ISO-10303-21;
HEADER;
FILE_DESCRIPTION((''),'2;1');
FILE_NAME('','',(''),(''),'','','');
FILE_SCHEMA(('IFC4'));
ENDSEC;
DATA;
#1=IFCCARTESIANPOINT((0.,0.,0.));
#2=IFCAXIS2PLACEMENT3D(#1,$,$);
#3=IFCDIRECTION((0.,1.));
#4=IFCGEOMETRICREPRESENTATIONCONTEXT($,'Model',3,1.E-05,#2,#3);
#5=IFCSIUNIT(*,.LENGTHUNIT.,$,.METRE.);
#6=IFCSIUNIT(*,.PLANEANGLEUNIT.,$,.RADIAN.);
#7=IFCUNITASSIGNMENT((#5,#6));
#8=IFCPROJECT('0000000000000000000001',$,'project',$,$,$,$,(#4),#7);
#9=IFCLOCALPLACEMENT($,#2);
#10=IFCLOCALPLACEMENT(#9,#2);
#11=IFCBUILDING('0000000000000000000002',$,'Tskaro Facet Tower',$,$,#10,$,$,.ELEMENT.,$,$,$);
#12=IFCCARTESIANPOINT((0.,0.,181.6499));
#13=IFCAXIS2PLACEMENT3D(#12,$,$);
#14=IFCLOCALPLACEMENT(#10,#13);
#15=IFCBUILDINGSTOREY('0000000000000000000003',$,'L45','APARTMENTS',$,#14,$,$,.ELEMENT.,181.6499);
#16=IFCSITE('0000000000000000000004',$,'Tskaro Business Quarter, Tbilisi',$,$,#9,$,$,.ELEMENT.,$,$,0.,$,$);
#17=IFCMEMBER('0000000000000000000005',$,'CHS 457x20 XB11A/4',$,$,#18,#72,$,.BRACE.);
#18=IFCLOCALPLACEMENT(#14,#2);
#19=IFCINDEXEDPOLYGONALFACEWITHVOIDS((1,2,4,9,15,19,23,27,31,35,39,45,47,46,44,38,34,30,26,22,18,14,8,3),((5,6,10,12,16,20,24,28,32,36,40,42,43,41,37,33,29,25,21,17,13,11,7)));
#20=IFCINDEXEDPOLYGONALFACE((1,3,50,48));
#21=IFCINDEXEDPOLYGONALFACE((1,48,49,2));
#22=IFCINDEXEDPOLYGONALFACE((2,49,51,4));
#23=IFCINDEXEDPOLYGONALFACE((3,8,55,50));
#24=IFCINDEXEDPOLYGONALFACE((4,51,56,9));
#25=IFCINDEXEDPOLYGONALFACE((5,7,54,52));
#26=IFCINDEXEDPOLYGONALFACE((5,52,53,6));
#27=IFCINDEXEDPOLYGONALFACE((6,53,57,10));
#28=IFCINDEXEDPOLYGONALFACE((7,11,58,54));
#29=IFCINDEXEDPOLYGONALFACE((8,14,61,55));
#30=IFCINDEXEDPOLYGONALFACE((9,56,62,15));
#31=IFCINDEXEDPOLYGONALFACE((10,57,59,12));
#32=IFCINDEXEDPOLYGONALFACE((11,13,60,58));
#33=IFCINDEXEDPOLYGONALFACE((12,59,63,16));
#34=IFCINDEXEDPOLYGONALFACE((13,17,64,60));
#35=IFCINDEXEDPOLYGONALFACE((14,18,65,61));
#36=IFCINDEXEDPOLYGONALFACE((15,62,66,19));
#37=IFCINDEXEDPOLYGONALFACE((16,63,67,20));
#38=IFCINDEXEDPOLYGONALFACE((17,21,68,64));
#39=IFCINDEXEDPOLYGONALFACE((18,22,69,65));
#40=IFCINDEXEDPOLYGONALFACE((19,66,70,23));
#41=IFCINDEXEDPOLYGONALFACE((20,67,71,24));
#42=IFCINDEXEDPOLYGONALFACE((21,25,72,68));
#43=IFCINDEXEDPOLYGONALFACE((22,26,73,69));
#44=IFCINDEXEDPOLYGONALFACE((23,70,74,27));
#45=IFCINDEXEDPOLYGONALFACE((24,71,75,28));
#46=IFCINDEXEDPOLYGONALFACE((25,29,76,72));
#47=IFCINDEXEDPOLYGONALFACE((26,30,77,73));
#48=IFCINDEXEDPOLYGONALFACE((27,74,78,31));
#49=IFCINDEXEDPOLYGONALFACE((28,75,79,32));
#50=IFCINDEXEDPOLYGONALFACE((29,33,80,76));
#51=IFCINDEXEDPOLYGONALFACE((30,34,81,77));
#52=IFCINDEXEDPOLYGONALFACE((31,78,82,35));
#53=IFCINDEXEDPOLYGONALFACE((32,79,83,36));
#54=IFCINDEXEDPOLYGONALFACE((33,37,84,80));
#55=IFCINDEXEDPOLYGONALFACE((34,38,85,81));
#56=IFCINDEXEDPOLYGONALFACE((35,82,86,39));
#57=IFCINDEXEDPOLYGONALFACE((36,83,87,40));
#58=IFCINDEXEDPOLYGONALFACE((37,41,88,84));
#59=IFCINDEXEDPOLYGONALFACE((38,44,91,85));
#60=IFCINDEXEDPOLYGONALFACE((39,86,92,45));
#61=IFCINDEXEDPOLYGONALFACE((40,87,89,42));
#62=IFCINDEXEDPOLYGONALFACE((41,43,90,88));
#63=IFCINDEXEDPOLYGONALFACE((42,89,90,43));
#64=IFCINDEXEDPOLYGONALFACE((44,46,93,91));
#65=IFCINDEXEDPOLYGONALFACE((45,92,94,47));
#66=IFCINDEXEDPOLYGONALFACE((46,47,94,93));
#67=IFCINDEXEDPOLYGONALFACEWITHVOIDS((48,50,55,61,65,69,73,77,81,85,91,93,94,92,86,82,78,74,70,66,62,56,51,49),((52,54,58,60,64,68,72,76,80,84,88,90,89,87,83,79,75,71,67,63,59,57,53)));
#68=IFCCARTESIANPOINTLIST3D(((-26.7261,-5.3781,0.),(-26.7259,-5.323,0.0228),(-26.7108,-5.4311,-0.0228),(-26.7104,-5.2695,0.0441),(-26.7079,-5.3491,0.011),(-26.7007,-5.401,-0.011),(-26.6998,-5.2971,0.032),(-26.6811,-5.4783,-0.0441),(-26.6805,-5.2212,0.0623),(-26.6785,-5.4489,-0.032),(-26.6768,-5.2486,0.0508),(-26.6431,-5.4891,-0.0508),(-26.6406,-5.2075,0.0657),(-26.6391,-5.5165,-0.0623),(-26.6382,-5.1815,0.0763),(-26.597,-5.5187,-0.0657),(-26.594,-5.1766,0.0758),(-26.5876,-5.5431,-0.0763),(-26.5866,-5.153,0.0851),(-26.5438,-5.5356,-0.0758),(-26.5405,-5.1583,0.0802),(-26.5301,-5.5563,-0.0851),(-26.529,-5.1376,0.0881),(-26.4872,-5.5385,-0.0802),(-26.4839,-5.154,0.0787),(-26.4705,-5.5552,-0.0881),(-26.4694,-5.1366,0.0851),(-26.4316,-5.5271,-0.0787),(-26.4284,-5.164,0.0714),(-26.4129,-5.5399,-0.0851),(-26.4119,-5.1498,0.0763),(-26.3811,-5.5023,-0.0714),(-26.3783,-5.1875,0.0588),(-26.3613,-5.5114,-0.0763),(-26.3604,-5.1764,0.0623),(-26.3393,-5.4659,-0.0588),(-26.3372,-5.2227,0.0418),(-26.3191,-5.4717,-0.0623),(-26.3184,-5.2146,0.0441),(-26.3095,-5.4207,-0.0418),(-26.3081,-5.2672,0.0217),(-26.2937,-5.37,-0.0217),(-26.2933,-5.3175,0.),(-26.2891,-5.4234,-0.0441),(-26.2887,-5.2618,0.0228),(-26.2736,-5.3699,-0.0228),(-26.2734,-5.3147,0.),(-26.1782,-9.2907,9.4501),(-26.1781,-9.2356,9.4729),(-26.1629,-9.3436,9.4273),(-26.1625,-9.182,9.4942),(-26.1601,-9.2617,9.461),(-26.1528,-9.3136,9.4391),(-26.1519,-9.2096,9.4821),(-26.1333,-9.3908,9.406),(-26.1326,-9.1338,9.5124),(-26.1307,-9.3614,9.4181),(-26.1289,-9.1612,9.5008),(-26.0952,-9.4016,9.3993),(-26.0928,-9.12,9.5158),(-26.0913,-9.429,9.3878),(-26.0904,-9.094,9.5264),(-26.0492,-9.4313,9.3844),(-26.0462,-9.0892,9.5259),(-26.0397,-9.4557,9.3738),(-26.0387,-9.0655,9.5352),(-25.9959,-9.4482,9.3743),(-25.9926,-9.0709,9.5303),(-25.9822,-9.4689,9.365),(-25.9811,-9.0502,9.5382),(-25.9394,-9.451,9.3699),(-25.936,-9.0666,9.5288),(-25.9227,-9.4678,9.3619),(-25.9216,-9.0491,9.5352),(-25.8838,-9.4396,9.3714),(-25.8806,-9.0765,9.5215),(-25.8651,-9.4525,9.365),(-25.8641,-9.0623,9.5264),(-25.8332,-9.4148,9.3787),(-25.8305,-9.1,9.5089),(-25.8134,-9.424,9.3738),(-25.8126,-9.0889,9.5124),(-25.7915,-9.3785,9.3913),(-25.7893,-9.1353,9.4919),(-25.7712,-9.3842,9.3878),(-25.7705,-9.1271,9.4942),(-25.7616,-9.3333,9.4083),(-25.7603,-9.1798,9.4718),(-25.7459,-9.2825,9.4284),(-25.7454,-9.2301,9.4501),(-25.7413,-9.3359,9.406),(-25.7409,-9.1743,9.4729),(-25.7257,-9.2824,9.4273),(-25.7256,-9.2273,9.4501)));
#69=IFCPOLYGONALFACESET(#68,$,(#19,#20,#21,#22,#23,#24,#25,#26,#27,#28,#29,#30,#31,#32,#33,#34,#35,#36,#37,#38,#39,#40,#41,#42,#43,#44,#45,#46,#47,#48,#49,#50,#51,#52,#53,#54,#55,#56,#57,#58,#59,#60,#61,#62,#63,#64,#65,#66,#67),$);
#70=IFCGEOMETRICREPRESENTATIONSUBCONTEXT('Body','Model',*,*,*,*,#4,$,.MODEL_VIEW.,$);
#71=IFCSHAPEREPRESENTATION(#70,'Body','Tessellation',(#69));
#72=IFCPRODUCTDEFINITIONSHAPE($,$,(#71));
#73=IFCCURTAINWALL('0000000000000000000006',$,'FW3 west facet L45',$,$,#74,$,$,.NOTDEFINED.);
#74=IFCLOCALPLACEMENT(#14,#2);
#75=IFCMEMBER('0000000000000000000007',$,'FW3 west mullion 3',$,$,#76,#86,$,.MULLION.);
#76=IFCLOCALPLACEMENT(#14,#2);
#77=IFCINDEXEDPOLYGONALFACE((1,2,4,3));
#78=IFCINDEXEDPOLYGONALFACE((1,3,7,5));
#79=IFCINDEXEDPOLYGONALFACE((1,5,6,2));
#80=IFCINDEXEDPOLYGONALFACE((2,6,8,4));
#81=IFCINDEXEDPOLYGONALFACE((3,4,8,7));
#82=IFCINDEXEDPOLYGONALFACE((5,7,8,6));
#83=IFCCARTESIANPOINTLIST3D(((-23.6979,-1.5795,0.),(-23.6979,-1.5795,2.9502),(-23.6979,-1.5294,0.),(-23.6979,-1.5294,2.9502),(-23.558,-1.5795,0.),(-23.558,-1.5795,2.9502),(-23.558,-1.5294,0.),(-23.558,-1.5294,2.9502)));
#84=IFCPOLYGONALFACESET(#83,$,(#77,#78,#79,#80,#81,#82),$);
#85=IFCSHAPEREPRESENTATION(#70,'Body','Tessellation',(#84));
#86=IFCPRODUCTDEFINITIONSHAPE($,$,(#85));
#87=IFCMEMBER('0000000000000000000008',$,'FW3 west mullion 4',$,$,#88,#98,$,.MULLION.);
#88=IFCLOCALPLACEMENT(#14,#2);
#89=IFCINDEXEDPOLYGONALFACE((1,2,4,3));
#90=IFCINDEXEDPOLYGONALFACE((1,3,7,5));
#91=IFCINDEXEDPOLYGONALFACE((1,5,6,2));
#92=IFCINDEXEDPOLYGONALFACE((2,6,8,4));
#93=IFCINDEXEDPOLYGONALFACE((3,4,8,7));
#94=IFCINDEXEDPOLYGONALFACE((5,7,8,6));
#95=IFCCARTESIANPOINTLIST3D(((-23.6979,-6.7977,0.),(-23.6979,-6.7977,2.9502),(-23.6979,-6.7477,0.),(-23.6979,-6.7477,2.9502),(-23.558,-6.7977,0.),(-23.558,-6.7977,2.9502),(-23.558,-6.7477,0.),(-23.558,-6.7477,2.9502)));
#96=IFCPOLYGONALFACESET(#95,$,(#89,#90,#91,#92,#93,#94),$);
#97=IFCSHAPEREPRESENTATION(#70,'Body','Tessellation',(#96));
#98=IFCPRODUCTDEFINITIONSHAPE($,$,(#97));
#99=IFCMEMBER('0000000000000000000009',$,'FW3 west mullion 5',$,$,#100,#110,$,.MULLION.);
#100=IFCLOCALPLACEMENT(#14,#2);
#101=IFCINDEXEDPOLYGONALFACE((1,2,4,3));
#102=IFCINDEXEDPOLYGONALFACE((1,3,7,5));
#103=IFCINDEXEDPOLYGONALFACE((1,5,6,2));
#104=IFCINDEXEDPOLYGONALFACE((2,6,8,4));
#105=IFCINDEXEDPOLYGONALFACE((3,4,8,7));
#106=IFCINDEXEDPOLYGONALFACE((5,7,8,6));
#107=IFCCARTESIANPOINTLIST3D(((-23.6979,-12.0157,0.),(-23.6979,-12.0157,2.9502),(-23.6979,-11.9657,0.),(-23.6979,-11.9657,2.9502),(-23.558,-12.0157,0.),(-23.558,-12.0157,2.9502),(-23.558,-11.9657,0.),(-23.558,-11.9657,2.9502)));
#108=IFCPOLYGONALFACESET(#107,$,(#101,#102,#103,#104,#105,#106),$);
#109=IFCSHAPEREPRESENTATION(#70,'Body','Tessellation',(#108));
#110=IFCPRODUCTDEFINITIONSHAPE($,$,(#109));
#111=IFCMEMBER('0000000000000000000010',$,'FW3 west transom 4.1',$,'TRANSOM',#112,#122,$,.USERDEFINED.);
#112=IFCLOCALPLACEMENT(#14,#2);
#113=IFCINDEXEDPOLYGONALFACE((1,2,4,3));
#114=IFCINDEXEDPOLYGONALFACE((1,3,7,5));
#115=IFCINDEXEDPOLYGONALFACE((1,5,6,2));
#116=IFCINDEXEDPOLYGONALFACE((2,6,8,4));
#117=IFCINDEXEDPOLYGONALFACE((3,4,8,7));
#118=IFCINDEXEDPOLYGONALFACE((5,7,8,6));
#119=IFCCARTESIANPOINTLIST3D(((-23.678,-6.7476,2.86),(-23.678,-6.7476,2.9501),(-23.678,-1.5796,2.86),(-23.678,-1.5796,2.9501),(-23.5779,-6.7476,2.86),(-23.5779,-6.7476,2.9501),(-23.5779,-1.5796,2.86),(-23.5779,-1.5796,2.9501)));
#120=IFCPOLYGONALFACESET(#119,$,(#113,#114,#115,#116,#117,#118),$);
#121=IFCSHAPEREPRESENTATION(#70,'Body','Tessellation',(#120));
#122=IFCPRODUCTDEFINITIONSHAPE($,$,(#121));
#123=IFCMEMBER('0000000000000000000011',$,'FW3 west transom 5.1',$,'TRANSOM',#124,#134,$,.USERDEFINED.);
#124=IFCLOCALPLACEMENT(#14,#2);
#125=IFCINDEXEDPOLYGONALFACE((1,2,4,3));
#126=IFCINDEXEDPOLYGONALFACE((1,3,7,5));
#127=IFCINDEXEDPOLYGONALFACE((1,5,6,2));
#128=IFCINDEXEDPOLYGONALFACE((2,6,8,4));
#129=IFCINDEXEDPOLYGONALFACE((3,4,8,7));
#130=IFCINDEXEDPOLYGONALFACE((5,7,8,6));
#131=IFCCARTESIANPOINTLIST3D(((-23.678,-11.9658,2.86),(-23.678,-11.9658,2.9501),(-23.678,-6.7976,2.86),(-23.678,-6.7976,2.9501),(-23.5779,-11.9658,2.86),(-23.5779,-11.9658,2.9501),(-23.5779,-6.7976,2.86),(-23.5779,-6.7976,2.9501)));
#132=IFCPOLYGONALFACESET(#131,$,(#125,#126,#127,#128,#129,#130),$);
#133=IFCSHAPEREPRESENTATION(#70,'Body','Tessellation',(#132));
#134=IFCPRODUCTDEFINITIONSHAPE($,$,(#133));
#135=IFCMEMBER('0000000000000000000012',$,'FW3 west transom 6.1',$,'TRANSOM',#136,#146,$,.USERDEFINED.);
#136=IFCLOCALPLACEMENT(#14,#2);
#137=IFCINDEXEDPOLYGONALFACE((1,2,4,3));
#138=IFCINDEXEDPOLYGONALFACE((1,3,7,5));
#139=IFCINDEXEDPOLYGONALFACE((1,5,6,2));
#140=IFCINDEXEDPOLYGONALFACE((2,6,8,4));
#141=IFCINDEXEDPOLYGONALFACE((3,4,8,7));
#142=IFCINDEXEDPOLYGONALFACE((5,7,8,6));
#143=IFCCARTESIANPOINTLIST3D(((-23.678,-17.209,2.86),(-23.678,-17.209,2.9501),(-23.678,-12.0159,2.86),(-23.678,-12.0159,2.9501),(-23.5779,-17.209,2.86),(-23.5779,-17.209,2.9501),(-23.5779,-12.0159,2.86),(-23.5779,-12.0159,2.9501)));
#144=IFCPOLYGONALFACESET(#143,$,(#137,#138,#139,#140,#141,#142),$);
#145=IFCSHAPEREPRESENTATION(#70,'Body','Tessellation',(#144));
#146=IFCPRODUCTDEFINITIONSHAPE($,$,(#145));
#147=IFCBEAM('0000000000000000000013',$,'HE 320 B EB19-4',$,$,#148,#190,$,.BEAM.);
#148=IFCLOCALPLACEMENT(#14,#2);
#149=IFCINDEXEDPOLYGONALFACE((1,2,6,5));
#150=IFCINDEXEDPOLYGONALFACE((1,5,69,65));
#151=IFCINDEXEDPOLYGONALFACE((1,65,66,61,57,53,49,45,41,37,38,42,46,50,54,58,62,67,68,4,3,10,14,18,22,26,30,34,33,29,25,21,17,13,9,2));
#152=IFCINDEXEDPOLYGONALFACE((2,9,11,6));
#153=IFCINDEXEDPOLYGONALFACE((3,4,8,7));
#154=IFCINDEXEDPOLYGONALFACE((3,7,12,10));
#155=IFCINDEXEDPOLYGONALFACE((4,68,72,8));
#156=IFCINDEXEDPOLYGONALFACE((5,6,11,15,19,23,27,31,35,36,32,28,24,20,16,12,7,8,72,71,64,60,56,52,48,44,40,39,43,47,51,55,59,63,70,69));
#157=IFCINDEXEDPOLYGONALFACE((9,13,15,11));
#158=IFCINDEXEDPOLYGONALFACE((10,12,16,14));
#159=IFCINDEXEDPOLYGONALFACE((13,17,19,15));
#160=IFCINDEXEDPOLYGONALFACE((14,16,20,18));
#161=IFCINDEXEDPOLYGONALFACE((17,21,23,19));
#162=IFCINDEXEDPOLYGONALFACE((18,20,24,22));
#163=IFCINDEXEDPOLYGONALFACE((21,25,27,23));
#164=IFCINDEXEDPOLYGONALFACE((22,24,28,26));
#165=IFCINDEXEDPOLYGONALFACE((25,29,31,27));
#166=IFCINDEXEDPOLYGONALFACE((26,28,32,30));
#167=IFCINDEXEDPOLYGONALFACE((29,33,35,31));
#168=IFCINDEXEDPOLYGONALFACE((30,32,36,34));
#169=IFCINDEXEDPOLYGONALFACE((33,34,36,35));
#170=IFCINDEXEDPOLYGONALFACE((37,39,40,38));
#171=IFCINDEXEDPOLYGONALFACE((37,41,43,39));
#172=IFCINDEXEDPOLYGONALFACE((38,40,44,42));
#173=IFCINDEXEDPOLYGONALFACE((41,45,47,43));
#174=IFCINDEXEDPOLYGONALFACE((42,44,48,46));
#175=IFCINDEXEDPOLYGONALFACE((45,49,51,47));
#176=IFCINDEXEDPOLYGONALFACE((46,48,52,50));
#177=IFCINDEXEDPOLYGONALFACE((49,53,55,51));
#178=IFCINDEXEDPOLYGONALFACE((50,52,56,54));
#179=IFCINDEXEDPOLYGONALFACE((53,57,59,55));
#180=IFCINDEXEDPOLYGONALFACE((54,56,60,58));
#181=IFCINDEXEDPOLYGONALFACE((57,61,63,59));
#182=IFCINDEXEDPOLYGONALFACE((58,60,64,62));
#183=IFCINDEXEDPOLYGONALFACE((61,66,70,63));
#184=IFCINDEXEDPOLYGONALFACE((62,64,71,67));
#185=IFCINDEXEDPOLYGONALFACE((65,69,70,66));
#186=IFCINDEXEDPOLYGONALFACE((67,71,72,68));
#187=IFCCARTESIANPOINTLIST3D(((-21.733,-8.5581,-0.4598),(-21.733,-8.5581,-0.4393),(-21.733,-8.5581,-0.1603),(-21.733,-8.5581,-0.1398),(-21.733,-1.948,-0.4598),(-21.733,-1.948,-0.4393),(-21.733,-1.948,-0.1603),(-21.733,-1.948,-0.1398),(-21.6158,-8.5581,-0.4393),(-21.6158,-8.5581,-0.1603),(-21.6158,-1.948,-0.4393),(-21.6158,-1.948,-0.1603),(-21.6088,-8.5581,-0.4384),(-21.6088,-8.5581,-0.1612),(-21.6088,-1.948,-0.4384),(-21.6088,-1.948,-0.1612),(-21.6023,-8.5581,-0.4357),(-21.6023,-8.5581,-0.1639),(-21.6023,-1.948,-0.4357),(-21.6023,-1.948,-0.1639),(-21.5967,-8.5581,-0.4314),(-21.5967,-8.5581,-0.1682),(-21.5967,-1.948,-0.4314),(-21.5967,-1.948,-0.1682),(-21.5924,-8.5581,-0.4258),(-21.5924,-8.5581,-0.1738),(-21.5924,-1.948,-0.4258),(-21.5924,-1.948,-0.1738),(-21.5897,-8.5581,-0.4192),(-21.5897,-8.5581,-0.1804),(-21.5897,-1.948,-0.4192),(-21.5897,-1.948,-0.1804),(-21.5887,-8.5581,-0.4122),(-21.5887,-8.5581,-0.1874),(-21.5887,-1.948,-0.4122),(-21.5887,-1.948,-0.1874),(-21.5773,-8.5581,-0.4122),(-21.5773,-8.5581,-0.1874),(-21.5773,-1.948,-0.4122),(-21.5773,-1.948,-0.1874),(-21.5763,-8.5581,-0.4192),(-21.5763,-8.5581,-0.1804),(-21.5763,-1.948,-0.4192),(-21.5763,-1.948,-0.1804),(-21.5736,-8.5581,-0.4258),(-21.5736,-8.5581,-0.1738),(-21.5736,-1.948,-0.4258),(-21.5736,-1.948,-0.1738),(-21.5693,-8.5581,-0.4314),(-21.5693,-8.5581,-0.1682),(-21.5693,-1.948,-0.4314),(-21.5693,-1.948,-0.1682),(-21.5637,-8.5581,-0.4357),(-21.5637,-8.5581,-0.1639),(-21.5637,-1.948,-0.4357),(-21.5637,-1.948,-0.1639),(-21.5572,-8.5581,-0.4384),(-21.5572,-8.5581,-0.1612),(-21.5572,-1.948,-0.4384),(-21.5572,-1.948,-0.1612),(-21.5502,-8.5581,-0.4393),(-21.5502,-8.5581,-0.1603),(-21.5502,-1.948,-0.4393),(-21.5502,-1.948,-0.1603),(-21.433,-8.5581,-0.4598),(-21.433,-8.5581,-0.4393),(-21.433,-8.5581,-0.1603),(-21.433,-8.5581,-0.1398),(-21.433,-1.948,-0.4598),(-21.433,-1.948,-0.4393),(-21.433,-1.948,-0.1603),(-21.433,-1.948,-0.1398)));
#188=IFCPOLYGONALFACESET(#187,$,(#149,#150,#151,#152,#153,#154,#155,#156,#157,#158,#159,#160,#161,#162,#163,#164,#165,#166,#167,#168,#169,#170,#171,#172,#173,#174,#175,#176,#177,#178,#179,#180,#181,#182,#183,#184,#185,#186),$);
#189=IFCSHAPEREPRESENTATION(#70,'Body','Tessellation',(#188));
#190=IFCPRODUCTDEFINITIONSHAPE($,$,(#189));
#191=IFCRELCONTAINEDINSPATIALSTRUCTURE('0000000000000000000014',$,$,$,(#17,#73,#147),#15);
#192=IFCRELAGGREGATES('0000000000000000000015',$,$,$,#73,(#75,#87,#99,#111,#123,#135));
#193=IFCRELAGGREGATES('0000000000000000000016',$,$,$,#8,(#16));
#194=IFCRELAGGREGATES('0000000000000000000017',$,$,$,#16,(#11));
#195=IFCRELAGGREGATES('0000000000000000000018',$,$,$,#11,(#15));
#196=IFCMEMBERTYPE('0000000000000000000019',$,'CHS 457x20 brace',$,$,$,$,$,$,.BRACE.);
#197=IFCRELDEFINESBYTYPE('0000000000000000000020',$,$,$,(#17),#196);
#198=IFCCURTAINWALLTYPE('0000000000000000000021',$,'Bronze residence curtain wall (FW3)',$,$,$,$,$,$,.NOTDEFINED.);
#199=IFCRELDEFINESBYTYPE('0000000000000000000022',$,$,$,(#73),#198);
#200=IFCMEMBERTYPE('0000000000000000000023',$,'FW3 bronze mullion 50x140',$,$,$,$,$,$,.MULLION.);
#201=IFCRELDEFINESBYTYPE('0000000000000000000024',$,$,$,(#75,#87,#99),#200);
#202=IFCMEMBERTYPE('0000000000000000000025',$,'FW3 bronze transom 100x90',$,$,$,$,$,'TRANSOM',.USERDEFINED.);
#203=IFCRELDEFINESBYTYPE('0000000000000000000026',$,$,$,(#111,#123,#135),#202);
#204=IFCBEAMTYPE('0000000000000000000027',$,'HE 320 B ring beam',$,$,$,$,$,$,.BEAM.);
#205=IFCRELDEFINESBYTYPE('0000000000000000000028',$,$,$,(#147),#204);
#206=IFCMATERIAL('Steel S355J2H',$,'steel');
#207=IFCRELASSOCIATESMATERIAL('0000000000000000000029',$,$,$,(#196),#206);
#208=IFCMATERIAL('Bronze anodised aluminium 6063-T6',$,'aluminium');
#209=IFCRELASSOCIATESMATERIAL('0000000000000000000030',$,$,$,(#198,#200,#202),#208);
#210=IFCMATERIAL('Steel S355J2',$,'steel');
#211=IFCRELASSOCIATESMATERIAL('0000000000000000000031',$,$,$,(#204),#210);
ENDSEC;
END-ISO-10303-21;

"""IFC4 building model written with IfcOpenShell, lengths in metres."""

from ifc_helpers import new_model, si_unit, direction, frame, origin, origin_2d, place, context, subcontext, project, spatial, rectangle, hollow_circle, i_section, extrude, material, material_profile, profile_set, type_object, element, aggregate, save


model = new_model("IFC4")

# Units and contexts
model_context = context("Model", 3, precision=1e-05, world=origin(), true_north=direction((0.0, 1.0)))
body_context = subcontext(model_context, "Body", "Model", "MODEL_VIEW")
ifc_project = project(units=[si_unit("LENGTHUNIT", "METRE"), si_unit("PLANEANGLEUNIT", "RADIAN")], contexts=[model_context])

# Site, building, storey
site_placement = place(None, origin())
site = spatial("IfcSite", under=ifc_project, at=site_placement, Name="Tskaro Business Quarter, Tbilisi", CompositionType="ELEMENT", RefElevation=0.0)
building_placement = place(site_placement, origin())
building = spatial("IfcBuilding", under=site, at=building_placement, Name="Tskaro Facet Tower", CompositionType="ELEMENT")
storey_placement = place(building_placement, frame((0.0, 0.0, 181.6499)))
storey = spatial("IfcBuildingStorey", under=building, at=storey_placement, Name="L45", Description="APARTMENTS", CompositionType="ELEMENT", Elevation=181.6499)

# Shared definitions
ifc_material_1 = material(Name="Steel S355J2H", Category="steel")

# Member
ifc_material_profile_1 = material_profile(ifc_material_1, hollow_circle(Radius=0.2285, WallThickness=0.02, at=origin_2d()), Name="CHS 457x20")
ifc_profile_set_1 = profile_set([ifc_material_profile_1], Name="Steel S355J2H")
member_type_1 = type_object("IfcMemberType", Name="CHS 457x20 brace", PredefinedType="BRACE", material=ifc_profile_set_1)
member_1_placement = place(storey_placement, frame((-26.4998, -5.3464, 0.0), z_axis=(0.053487, -0.381986, 0.922619), x_axis=(0.990339, 0.13867, 0.0)))
element("IfcMember", 1, at=member_1_placement, inside=storey, type_object=member_type_1, Name="CHS 457x20 XB11A/4", PredefinedType="BRACE", context=body_context, shape_type="SweptSolid", body=[
    extrude(hollow_circle(Radius=0.2285, WallThickness=0.02, at=origin_2d()), origin(), (0.0, 0.0, 1.0), 10.2427),
])

# Curtain wall, members
ifc_material_2 = material(Name="Bronze anodised aluminium 6063-T6", Category="aluminium")
curtain_wall_type = type_object("IfcCurtainWallType", Name="Bronze residence curtain wall (FW3)", PredefinedType="NOTDEFINED", material=ifc_material_2)
curtain_wall_placement = place(storey_placement, origin())
curtain_wall = element("IfcCurtainWall", 2, at=curtain_wall_placement, inside=storey, type_object=curtain_wall_type, Name="FW3 west facet L45", PredefinedType="NOTDEFINED")
ifc_material_profile_2 = material_profile(ifc_material_2, rectangle(XDim=0.05, YDim=0.1399, at=origin_2d()), Name="Mullion 50x140")
ifc_profile_set_2 = profile_set([ifc_material_profile_2], Name="Bronze anodised aluminium 6063-T6")
member_type_2 = type_object("IfcMemberType", Name="FW3 bronze mullion 50x140", PredefinedType="MULLION", material=ifc_profile_set_2)
member_2_placement = place(storey_placement, frame((-23.6279, -1.5544, 0.0), z_axis=(0.0, 0.0, 1.0), x_axis=(0.0, -1.0, 0.0)))
member_2 = element("IfcMember", 3, at=member_2_placement, type_object=member_type_2, Name="FW3 west mullion 3", PredefinedType="MULLION", context=body_context, shape_type="SweptSolid", body=[
    extrude(rectangle(XDim=0.05, YDim=0.1399, at=origin_2d()), origin(), (0.0, 0.0, 1.0), 2.9502),
])
member_3_placement = place(storey_placement, frame((-23.6279, -6.7727, 0.0), z_axis=(0.0, 0.0, 1.0), x_axis=(0.0, -1.0, 0.0)))
member_3 = element("IfcMember", 4, at=member_3_placement, type_object=member_type_2, Name="FW3 west mullion 4", PredefinedType="MULLION", context=body_context, shape_type="SweptSolid", body=[
    extrude(rectangle(XDim=0.05, YDim=0.1399, at=origin_2d()), origin(), (0.0, 0.0, 1.0), 2.9502),
])
member_4_placement = place(storey_placement, frame((-23.6279, -11.9907, 0.0), z_axis=(0.0, 0.0, 1.0), x_axis=(0.0, -1.0, 0.0)))
member_4 = element("IfcMember", 5, at=member_4_placement, type_object=member_type_2, Name="FW3 west mullion 5", PredefinedType="MULLION", context=body_context, shape_type="SweptSolid", body=[
    extrude(rectangle(XDim=0.05, YDim=0.1399, at=origin_2d()), origin(), (0.0, 0.0, 1.0), 2.9502),
])
ifc_material_profile_3 = material_profile(ifc_material_2, rectangle(XDim=0.1001, YDim=0.0901, at=origin_2d()), Name="Transom 100x90")
ifc_profile_set_3 = profile_set([ifc_material_profile_3], Name="Bronze anodised aluminium 6063-T6")
member_type_3 = type_object("IfcMemberType", Name="FW3 bronze transom 100x90", ElementType="TRANSOM", PredefinedType="USERDEFINED", material=ifc_profile_set_3)
member_5_placement = place(storey_placement, frame((-23.6279, -1.5796, 2.905), z_axis=(0.0, -1.0, 0.0), x_axis=(1.0, 0.0, 0.0)))
member_5 = element("IfcMember", 6, at=member_5_placement, type_object=member_type_3, Name="FW3 west transom 4.1", ObjectType="TRANSOM", PredefinedType="USERDEFINED", context=body_context, shape_type="SweptSolid", body=[
    extrude(rectangle(XDim=0.1001, YDim=0.0901, at=origin_2d()), origin(), (0.0, 0.0, 1.0), 5.168),
])
member_6_placement = place(storey_placement, frame((-23.6279, -6.7976, 2.905), z_axis=(0.0, -1.0, 0.0), x_axis=(1.0, 0.0, 0.0)))
member_6 = element("IfcMember", 7, at=member_6_placement, type_object=member_type_3, Name="FW3 west transom 5.1", ObjectType="TRANSOM", PredefinedType="USERDEFINED", context=body_context, shape_type="SweptSolid", body=[
    extrude(rectangle(XDim=0.1001, YDim=0.0901, at=origin_2d()), origin(), (0.0, 0.0, 1.0), 5.1682),
])
member_7_placement = place(storey_placement, frame((-23.6279, -12.0159, 2.905), z_axis=(0.0, -1.0, 0.0), x_axis=(1.0, 0.0, 0.0)))
member_7 = element("IfcMember", 8, at=member_7_placement, type_object=member_type_3, Name="FW3 west transom 6.1", ObjectType="TRANSOM", PredefinedType="USERDEFINED", context=body_context, shape_type="SweptSolid", body=[
    extrude(rectangle(XDim=0.1001, YDim=0.0901, at=origin_2d()), origin(), (0.0, 0.0, 1.0), 5.1931),
])

# Beam
ifc_material_3 = material(Name="Steel S355J2", Category="steel")
ifc_material_profile_4 = material_profile(ifc_material_3, i_section(OverallWidth=0.3, OverallDepth=0.3201, WebThickness=0.0115, FlangeThickness=0.0205, FilletRadius=0.0271, at=origin_2d()), Name="HE 320 B")
ifc_profile_set_4 = profile_set([ifc_material_profile_4], Name="Steel S355J2")
beam_type_1 = type_object("IfcBeamType", Name="HE 320 B ring beam", PredefinedType="BEAM", material=ifc_profile_set_4)
for number, where, z_axis, x_axis, name in (
    (9, (-21.583, -1.948, -0.2998), (0.0, -1.0, 0.0), (1.0, 0.0, 0.0), "HE 320 B EB19-4"),
):
    element("IfcBeam", number, at=place(storey_placement, frame(where, z_axis=z_axis, x_axis=x_axis)), inside=storey, type_object=beam_type_1, Name=name, PredefinedType="BEAM", context=body_context, shape_type="SweptSolid", body=[
        extrude(i_section(OverallWidth=0.3, OverallDepth=0.3201, WebThickness=0.0115, FlangeThickness=0.0205, FilletRadius=0.0271, at=origin_2d()), origin(), (0.0, 0.0, 1.0), 6.6101),
    ])

aggregate(curtain_wall, [member_2, member_3, member_4, member_5, member_6, member_7])

save(model, "model.ifc")
